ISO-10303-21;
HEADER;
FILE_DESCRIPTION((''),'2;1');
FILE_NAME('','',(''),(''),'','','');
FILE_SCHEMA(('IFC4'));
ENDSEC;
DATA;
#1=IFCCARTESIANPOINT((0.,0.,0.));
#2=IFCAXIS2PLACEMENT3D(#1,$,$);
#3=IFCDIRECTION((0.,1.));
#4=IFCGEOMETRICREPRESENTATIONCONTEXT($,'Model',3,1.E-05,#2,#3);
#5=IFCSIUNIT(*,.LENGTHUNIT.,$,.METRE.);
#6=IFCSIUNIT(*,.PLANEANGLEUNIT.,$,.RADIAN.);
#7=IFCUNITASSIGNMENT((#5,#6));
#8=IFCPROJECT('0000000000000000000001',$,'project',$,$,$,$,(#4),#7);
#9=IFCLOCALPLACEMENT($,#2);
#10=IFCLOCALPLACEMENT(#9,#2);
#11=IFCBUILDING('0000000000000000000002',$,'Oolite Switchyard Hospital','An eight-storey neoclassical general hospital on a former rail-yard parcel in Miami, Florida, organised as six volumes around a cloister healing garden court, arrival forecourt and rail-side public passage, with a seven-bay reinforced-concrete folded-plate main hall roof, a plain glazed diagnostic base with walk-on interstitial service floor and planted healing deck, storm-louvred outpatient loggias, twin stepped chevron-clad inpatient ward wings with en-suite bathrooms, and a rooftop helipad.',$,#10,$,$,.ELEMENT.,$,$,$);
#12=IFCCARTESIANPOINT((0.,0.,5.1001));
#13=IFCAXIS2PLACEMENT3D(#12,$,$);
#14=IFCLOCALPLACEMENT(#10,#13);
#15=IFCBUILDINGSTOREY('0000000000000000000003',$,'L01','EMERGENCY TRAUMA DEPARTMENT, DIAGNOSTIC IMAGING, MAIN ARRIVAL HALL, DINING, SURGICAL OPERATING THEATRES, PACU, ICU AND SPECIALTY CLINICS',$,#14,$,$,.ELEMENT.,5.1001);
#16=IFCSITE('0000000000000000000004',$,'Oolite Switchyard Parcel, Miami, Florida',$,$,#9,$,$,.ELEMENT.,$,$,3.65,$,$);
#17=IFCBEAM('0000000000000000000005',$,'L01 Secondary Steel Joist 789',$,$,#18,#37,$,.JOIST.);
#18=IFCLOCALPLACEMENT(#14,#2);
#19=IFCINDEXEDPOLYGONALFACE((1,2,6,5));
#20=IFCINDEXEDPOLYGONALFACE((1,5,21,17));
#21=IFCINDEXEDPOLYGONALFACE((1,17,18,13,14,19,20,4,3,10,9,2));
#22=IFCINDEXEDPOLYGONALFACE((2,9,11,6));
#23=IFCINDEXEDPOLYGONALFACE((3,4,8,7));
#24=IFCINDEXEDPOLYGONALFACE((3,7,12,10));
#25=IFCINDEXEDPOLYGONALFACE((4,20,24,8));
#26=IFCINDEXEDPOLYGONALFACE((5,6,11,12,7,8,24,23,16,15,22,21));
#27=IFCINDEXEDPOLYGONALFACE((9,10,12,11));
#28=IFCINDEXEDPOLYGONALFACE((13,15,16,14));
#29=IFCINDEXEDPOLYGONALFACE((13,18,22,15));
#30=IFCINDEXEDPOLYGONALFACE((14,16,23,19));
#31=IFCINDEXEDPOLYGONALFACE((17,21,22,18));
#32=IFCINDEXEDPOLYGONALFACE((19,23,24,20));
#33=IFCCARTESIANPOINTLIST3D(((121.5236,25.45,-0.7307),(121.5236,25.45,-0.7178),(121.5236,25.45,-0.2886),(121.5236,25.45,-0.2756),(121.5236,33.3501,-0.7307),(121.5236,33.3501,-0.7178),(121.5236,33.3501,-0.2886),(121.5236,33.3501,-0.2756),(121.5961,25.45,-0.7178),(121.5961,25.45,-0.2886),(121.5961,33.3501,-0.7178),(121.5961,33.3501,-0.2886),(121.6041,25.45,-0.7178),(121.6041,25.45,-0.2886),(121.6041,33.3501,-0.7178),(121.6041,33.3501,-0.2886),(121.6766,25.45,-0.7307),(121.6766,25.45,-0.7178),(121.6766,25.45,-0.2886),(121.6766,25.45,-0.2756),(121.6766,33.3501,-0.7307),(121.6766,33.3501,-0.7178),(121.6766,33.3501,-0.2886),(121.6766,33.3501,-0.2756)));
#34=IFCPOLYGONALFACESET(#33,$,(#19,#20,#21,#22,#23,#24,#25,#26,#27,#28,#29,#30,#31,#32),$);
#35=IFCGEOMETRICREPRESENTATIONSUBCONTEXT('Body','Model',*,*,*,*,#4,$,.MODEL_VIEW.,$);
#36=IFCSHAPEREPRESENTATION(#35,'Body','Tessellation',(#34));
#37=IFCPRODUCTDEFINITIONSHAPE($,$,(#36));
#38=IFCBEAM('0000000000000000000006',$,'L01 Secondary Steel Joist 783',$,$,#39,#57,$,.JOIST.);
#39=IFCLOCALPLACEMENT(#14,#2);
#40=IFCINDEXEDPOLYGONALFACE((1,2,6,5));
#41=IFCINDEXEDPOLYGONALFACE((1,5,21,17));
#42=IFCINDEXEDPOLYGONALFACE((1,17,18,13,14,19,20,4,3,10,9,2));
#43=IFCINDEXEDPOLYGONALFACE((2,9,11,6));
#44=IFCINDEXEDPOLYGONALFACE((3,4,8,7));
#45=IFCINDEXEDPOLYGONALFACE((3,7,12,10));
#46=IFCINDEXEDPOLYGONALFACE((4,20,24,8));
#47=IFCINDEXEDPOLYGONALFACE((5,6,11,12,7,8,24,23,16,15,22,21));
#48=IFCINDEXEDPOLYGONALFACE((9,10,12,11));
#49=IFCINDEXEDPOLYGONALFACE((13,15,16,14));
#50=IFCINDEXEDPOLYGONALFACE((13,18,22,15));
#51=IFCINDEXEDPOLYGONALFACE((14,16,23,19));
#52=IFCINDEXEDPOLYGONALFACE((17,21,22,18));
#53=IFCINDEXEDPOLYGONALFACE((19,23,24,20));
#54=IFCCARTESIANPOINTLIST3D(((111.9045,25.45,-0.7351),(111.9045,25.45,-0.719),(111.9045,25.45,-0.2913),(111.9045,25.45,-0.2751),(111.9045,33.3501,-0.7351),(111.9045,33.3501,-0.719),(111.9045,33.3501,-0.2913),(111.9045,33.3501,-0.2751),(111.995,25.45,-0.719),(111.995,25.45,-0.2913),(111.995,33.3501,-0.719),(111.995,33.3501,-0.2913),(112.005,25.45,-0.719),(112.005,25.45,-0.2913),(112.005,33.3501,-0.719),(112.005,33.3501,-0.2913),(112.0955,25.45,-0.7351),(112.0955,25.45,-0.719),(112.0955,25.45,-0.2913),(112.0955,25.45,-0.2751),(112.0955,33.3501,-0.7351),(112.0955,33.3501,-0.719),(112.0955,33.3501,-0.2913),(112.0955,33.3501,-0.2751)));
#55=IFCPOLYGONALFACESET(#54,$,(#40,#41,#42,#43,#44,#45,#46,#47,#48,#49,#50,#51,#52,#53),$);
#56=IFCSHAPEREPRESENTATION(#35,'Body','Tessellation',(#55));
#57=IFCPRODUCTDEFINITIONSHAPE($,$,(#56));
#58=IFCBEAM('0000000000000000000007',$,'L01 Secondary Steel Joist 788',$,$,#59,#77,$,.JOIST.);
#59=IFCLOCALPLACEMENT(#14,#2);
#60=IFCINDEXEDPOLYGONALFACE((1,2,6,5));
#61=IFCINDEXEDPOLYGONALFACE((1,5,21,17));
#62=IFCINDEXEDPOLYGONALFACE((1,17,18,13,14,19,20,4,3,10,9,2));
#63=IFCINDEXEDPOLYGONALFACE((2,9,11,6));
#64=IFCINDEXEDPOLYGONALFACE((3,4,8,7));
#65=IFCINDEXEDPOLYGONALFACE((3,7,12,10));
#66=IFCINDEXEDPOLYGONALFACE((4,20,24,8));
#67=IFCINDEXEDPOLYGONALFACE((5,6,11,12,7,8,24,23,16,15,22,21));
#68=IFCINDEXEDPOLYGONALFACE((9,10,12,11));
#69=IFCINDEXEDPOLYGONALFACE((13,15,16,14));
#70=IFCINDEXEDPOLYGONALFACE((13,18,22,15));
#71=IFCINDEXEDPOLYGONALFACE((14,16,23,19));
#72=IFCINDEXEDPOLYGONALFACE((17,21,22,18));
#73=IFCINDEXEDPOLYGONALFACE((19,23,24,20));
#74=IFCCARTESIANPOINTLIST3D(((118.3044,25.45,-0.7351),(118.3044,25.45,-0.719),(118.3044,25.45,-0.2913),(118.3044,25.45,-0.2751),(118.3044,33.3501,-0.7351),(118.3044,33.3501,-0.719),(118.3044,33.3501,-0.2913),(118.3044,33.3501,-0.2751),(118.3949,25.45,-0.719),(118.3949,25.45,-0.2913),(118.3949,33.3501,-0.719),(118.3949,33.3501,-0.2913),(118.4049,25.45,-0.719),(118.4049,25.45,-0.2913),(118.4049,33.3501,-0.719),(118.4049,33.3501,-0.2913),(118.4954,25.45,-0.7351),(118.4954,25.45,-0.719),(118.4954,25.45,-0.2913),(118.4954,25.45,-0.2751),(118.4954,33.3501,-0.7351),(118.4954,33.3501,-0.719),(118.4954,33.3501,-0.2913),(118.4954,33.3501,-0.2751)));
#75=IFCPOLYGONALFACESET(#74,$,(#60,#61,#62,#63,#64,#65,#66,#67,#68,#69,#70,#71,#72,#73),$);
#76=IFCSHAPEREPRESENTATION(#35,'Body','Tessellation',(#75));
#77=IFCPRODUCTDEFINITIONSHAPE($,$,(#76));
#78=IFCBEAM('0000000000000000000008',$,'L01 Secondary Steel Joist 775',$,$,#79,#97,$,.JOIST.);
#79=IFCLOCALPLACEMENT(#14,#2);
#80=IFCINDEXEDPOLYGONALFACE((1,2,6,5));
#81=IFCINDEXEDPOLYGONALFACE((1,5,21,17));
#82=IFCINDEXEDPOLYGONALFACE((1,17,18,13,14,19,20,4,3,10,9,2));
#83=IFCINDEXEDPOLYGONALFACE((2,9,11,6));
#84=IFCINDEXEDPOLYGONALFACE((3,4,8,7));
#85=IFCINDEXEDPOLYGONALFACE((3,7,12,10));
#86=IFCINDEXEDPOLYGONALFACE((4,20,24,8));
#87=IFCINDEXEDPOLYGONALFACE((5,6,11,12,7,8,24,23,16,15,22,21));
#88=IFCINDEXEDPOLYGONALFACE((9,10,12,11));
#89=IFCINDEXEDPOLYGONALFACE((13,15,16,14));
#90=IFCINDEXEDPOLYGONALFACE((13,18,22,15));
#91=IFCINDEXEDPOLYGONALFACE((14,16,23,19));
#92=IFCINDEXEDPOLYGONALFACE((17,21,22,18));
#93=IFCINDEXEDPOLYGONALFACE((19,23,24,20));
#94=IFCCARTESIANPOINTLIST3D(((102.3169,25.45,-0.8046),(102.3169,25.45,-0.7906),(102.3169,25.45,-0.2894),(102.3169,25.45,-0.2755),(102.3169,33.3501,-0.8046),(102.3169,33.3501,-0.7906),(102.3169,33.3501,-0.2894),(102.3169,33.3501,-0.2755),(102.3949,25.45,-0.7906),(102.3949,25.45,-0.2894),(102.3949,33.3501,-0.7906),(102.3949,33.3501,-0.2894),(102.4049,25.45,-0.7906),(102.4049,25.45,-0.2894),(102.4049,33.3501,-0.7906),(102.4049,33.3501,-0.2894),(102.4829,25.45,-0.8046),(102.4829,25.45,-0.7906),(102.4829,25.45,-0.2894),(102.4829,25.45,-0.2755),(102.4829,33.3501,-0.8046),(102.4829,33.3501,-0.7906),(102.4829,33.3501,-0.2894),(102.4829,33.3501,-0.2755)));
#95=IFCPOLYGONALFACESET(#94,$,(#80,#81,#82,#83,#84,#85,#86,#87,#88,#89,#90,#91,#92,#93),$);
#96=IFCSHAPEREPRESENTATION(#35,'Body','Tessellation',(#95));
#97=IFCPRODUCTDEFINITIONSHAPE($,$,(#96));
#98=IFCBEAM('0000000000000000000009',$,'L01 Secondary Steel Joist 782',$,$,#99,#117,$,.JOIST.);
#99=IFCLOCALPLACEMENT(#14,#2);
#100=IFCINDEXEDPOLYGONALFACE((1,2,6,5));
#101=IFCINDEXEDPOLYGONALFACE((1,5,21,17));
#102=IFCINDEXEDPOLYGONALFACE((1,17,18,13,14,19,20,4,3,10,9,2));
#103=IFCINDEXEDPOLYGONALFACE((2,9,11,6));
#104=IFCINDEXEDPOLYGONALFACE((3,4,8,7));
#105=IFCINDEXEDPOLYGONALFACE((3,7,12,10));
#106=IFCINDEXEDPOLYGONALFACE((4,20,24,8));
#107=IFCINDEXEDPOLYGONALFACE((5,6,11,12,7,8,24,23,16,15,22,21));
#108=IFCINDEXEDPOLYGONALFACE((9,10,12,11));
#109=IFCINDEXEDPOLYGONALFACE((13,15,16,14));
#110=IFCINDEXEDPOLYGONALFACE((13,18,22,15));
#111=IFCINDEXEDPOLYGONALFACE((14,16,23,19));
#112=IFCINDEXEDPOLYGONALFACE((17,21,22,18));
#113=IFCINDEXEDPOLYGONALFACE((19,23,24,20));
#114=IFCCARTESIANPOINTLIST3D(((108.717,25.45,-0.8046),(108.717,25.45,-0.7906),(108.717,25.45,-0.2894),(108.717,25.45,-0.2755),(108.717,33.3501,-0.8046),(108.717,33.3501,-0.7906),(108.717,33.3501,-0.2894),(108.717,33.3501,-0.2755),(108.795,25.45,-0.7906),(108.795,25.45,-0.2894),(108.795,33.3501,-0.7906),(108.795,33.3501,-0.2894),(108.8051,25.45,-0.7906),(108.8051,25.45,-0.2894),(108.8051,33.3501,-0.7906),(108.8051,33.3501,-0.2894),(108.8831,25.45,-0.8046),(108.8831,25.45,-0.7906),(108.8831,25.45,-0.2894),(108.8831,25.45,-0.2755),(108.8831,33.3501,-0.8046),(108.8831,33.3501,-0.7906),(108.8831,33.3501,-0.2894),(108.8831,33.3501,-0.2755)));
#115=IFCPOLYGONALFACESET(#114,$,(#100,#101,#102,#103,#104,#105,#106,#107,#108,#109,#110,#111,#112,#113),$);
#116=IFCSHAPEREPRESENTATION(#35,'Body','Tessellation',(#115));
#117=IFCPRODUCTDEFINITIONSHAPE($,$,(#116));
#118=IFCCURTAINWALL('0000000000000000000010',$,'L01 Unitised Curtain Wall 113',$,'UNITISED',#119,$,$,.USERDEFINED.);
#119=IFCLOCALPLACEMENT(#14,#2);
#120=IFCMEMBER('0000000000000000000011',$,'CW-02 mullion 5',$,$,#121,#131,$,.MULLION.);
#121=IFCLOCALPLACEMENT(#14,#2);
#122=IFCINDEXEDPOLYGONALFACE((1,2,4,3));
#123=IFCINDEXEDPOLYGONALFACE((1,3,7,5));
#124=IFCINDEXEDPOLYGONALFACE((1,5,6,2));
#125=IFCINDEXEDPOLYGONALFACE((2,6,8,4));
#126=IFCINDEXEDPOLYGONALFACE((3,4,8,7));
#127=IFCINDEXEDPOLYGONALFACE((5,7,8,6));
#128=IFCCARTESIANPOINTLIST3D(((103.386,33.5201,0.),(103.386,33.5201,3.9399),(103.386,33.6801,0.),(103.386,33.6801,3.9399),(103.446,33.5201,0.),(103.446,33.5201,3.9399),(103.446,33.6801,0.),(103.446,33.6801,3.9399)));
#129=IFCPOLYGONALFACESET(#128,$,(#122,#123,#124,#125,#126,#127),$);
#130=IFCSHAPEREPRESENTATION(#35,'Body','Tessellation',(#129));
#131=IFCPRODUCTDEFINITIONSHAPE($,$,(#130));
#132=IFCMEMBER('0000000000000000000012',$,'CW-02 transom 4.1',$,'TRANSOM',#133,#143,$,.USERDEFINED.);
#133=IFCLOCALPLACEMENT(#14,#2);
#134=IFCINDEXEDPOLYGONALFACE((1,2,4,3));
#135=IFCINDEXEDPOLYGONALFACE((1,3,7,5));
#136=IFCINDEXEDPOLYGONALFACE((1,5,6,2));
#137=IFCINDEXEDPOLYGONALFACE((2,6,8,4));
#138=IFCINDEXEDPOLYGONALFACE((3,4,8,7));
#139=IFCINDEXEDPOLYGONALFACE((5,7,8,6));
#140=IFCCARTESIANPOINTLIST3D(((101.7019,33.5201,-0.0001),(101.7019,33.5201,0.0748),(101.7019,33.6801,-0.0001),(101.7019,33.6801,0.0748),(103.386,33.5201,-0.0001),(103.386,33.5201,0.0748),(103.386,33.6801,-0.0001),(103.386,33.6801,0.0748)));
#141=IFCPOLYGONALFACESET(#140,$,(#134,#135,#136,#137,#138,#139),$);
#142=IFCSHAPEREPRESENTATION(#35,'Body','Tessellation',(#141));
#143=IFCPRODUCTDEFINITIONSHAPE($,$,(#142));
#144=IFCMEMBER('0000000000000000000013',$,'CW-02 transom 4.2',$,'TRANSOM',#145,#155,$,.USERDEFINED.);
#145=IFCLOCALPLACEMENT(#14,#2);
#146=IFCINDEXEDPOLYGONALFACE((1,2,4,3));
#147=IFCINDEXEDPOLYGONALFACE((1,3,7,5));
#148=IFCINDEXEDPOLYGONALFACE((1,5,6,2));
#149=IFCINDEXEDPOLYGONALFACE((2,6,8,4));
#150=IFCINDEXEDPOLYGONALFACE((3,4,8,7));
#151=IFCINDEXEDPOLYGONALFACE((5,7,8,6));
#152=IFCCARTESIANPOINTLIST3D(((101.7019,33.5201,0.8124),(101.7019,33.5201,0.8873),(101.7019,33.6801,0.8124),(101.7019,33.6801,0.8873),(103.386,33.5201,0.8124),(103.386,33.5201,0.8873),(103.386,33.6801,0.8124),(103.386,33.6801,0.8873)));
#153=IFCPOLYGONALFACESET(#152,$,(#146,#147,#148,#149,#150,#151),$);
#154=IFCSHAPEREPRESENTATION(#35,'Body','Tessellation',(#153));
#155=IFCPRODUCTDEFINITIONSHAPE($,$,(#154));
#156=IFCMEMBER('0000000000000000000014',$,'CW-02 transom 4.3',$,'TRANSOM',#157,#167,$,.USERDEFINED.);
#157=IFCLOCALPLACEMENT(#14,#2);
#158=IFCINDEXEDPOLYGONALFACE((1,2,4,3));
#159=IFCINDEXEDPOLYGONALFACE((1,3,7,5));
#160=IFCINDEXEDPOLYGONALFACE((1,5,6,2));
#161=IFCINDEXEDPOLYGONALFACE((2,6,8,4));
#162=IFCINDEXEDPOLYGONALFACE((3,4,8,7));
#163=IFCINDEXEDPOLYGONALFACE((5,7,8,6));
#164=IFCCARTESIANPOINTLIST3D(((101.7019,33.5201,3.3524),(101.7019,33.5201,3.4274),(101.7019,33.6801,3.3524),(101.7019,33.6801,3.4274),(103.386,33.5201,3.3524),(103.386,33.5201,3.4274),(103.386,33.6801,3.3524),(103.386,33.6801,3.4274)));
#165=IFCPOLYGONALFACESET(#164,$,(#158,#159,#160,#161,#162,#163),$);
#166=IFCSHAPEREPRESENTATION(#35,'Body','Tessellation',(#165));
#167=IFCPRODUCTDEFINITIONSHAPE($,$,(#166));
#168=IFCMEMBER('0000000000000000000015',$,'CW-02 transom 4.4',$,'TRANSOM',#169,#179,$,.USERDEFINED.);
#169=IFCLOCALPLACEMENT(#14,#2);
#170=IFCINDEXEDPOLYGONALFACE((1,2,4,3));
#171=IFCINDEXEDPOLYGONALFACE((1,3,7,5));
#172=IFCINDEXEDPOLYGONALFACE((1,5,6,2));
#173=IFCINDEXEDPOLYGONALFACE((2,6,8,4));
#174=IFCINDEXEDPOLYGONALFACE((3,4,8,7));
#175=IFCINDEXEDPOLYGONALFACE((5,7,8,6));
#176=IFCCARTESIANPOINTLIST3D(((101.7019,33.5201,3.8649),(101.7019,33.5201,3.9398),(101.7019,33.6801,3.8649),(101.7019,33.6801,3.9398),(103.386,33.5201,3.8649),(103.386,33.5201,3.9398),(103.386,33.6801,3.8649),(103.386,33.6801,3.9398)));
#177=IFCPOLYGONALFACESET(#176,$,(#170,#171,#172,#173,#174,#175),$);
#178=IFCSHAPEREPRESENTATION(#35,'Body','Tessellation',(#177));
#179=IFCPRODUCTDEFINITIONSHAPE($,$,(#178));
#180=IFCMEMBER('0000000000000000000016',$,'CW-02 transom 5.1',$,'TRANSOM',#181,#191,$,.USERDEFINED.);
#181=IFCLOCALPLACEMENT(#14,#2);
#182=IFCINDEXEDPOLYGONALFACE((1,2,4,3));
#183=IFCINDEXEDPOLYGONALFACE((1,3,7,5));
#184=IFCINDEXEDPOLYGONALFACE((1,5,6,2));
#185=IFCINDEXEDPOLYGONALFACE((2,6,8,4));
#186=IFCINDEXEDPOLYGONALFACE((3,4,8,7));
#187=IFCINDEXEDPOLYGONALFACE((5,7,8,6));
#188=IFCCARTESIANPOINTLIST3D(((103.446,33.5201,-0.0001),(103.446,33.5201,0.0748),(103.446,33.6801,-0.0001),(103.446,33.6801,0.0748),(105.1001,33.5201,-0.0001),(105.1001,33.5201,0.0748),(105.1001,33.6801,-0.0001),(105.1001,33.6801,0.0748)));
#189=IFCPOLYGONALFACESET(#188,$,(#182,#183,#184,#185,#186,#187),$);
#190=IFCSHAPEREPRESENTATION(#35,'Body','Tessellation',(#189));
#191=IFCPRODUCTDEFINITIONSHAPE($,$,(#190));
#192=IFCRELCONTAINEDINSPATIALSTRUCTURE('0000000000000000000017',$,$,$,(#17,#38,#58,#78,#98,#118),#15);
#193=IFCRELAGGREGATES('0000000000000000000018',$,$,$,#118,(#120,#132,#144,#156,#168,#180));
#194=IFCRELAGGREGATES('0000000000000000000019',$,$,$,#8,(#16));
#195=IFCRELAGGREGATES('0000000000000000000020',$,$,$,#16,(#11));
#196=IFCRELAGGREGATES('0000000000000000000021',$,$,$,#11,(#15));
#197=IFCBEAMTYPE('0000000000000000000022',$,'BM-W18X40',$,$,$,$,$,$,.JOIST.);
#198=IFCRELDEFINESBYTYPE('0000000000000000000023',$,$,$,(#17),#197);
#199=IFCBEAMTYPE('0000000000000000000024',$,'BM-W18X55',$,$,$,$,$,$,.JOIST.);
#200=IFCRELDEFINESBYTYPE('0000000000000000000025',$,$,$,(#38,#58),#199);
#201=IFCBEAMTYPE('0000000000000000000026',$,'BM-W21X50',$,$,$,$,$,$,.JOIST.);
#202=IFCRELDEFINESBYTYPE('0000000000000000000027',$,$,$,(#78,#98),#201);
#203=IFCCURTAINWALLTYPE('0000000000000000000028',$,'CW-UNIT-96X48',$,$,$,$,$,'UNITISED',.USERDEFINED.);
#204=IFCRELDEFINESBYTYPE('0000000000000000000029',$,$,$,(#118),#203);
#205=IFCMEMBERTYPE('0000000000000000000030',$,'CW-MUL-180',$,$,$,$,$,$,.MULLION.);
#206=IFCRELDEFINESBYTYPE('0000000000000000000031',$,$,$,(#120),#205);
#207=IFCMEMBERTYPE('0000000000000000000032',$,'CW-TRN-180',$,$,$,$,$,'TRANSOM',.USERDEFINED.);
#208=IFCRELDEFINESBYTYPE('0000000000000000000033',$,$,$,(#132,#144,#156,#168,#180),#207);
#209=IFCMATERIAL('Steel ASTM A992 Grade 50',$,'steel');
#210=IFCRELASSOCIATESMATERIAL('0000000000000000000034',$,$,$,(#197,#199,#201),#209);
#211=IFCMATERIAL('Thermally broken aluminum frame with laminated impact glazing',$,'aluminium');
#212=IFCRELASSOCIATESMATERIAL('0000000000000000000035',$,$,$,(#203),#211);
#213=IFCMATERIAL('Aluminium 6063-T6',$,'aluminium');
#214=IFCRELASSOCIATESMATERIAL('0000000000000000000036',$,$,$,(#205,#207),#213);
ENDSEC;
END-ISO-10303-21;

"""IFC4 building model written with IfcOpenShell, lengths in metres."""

from ifc_helpers import new_model, si_unit, direction, frame, origin, origin_2d, place, context, subcontext, project, spatial, rectangle, i_section, extrude, material, material_profile, profile_set, type_object, element, aggregate, save


model = new_model("IFC4")

# Units and contexts
model_context = context("Model", 3, precision=1e-05, world=origin(), true_north=direction((0.0, 1.0)))
body_context = subcontext(model_context, "Body", "Model", "MODEL_VIEW")
ifc_project = project(units=[si_unit("LENGTHUNIT", "METRE"), si_unit("PLANEANGLEUNIT", "RADIAN")], contexts=[model_context])

# Site, building, storey
site_placement = place(None, origin())
site = spatial("IfcSite", under=ifc_project, at=site_placement, Name="Oolite Switchyard Parcel, Miami, Florida", CompositionType="ELEMENT", RefElevation=3.65)
building_placement = place(site_placement, origin())
building = spatial("IfcBuilding", under=site, at=building_placement, Name="Oolite Switchyard Hospital", Description="An eight-storey neoclassical general hospital on a former rail-yard parcel in Miami, Florida, organised as six volumes around a cloister healing garden court, arrival forecourt and rail-side public passage, with a seven-bay reinforced-concrete folded-plate main hall roof, a plain glazed diagnostic base with walk-on interstitial service floor and planted healing deck, storm-louvred outpatient loggias, twin stepped chevron-clad inpatient ward wings with en-suite bathrooms, and a rooftop helipad.", CompositionType="ELEMENT")
storey_placement = place(building_placement, frame((0.0, 0.0, 5.1001)))
storey = spatial("IfcBuildingStorey", under=building, at=storey_placement, Name="L01", Description="EMERGENCY TRAUMA DEPARTMENT, DIAGNOSTIC IMAGING, MAIN ARRIVAL HALL, DINING, SURGICAL OPERATING THEATRES, PACU, ICU AND SPECIALTY CLINICS", CompositionType="ELEMENT", Elevation=5.1001)

# Beams
ifc_material_1 = material(Name="Steel ASTM A992 Grade 50", Category="steel")
ifc_material_profile_1 = material_profile(ifc_material_1, i_section(OverallWidth=0.1531, OverallDepth=0.4551, WebThickness=0.0081, FlangeThickness=0.0129, at=origin_2d()), Name="W18X40")
ifc_profile_set_1 = profile_set([ifc_material_profile_1], Name="Steel ASTM A992 Grade 50")
beam_type_1 = type_object("IfcBeamType", Name="BM-W18X40", PredefinedType="JOIST", material=ifc_profile_set_1)
beam_1_placement = place(storey_placement, frame((121.6001, 25.45, -0.5032), z_axis=(0.0, 1.0, 0.0), x_axis=(-1.0, 0.0, 0.0)))
element("IfcBeam", 1, at=beam_1_placement, inside=storey, type_object=beam_type_1, Name="L01 Secondary Steel Joist 789", PredefinedType="JOIST", context=body_context, shape_type="SweptSolid", body=[
    extrude(i_section(OverallWidth=0.1531, OverallDepth=0.4551, WebThickness=0.0081, FlangeThickness=0.0129, at=origin_2d()), origin(), (0.0, 0.0, 1.0), 7.9001),
])
ifc_material_profile_2 = material_profile(ifc_material_1, i_section(OverallWidth=0.1909, OverallDepth=0.46, WebThickness=0.01, FlangeThickness=0.0161, at=origin_2d()), Name="W18X55")
ifc_profile_set_2 = profile_set([ifc_material_profile_2], Name="Steel ASTM A992 Grade 50")
beam_type_2 = type_object("IfcBeamType", Name="BM-W18X55", PredefinedType="JOIST", material=ifc_profile_set_2)
for number, where, z_axis, x_axis, name in (
    (2, (112.0, 25.45, -0.5051), (0.0, 1.0, 0.0), (-1.0, 0.0, 0.0), "L01 Secondary Steel Joist 783"),
    (3, (118.3999, 25.45, -0.5051), (0.0, 1.0, 0.0), (-1.0, 0.0, 0.0), "L01 Secondary Steel Joist 788"),
):
    element("IfcBeam", number, at=place(storey_placement, frame(where, z_axis=z_axis, x_axis=x_axis)), inside=storey, type_object=beam_type_2, Name=name, PredefinedType="JOIST", context=body_context, shape_type="SweptSolid", body=[
        extrude(i_section(OverallWidth=0.1909, OverallDepth=0.46, WebThickness=0.01, FlangeThickness=0.0161, at=origin_2d()), origin(), (0.0, 0.0, 1.0), 7.9001),
    ])
ifc_material_profile_3 = material_profile(ifc_material_1, i_section(OverallWidth=0.166, OverallDepth=0.5291, WebThickness=0.01, FlangeThickness=0.0139, at=origin_2d()), Name="W21X50")
ifc_profile_set_3 = profile_set([ifc_material_profile_3], Name="Steel ASTM A992 Grade 50")
beam_type_3 = type_object("IfcBeamType", Name="BM-W21X50", PredefinedType="JOIST", material=ifc_profile_set_3)
for number, where, z_axis, x_axis, name in (
    (4, (102.3999, 25.45, -0.54), (0.0, 1.0, 0.0), (-1.0, 0.0, 0.0), "L01 Secondary Steel Joist 775"),
    (5, (108.8, 25.45, -0.54), (0.0, 1.0, 0.0), (-1.0, 0.0, 0.0), "L01 Secondary Steel Joist 782"),
):
    element("IfcBeam", number, at=place(storey_placement, frame(where, z_axis=z_axis, x_axis=x_axis)), inside=storey, type_object=beam_type_3, Name=name, PredefinedType="JOIST", context=body_context, shape_type="SweptSolid", body=[
        extrude(i_section(OverallWidth=0.166, OverallDepth=0.5291, WebThickness=0.01, FlangeThickness=0.0139, at=origin_2d()), origin(), (0.0, 0.0, 1.0), 7.9001),
    ])

# Curtain wall, members
ifc_material_2 = material(Name="Thermally broken aluminum frame with laminated impact glazing", Category="aluminium")
curtain_wall_type = type_object("IfcCurtainWallType", Name="CW-UNIT-96X48", ElementType="UNITISED", PredefinedType="USERDEFINED", material=ifc_material_2)
curtain_wall_placement = place(storey_placement, origin())
curtain_wall = element("IfcCurtainWall", 6, at=curtain_wall_placement, inside=storey, type_object=curtain_wall_type, Name="L01 Unitised Curtain Wall 113", ObjectType="UNITISED", PredefinedType="USERDEFINED")
ifc_material_3 = material(Name="Aluminium 6063-T6", Category="aluminium")
ifc_material_profile_4 = material_profile(ifc_material_3, rectangle(XDim=0.1599, YDim=0.0601, at=origin_2d()), Name="CWM60X160")
ifc_profile_set_4 = profile_set([ifc_material_profile_4], Name="Aluminium 6063-T6")
member_type_1 = type_object("IfcMemberType", Name="CW-MUL-180", PredefinedType="MULLION", material=ifc_profile_set_4)
member_1_placement = place(storey_placement, frame((103.416, 33.6001, 0.0), z_axis=(0.0, 0.0, 1.0), x_axis=(0.0, 1.0, 0.0)))
member_1 = element("IfcMember", 7, at=member_1_placement, type_object=member_type_1, Name="CW-02 mullion 5", PredefinedType="MULLION", context=body_context, shape_type="SweptSolid", body=[
    extrude(rectangle(XDim=0.1599, YDim=0.0601, at=origin_2d()), origin(), (0.0, 0.0, 1.0), 3.9399),
])
ifc_material_profile_5 = material_profile(ifc_material_3, rectangle(XDim=0.1599, YDim=0.075, at=origin_2d()), Name="CWT75X160")
ifc_profile_set_5 = profile_set([ifc_material_profile_5], Name="Aluminium 6063-T6")
member_type_2 = type_object("IfcMemberType", Name="CW-TRN-180", ElementType="TRANSOM", PredefinedType="USERDEFINED", material=ifc_profile_set_5)
member_2_placement = place(storey_placement, frame((101.7019, 33.6001, 0.0374), z_axis=(1.0, 0.0, 0.0), x_axis=(0.0, 1.0, 0.0)))
member_2 = element("IfcMember", 8, at=member_2_placement, type_object=member_type_2, Name="CW-02 transom 4.1", ObjectType="TRANSOM", PredefinedType="USERDEFINED", context=body_context, shape_type="SweptSolid", body=[
    extrude(rectangle(XDim=0.1599, YDim=0.075, at=origin_2d()), origin(), (0.0, 0.0, 1.0), 1.6841),
])
member_3_placement = place(storey_placement, frame((101.7019, 33.6001, 0.8499), z_axis=(1.0, 0.0, 0.0), x_axis=(0.0, 1.0, 0.0)))
member_3 = element("IfcMember", 9, at=member_3_placement, type_object=member_type_2, Name="CW-02 transom 4.2", ObjectType="TRANSOM", PredefinedType="USERDEFINED", context=body_context, shape_type="SweptSolid", body=[
    extrude(rectangle(XDim=0.1599, YDim=0.075, at=origin_2d()), origin(), (0.0, 0.0, 1.0), 1.6841),
])
member_4_placement = place(storey_placement, frame((101.7019, 33.6001, 3.3899), z_axis=(1.0, 0.0, 0.0), x_axis=(0.0, 1.0, 0.0)))
member_4 = element("IfcMember", 10, at=member_4_placement, type_object=member_type_2, Name="CW-02 transom 4.3", ObjectType="TRANSOM", PredefinedType="USERDEFINED", context=body_context, shape_type="SweptSolid", body=[
    extrude(rectangle(XDim=0.1599, YDim=0.075, at=origin_2d()), origin(), (0.0, 0.0, 1.0), 1.6841),
])
member_5_placement = place(storey_placement, frame((101.7019, 33.6001, 3.9023), z_axis=(1.0, 0.0, 0.0), x_axis=(0.0, 1.0, 0.0)))
member_5 = element("IfcMember", 11, at=member_5_placement, type_object=member_type_2, Name="CW-02 transom 4.4", ObjectType="TRANSOM", PredefinedType="USERDEFINED", context=body_context, shape_type="SweptSolid", body=[
    extrude(rectangle(XDim=0.1599, YDim=0.075, at=origin_2d()), origin(), (0.0, 0.0, 1.0), 1.6841),
])
member_6_placement = place(storey_placement, frame((103.446, 33.6001, 0.0374), z_axis=(1.0, 0.0, 0.0), x_axis=(0.0, 1.0, 0.0)))
member_6 = element("IfcMember", 12, at=member_6_placement, type_object=member_type_2, Name="CW-02 transom 5.1", ObjectType="TRANSOM", PredefinedType="USERDEFINED", context=body_context, shape_type="SweptSolid", body=[
    extrude(rectangle(XDim=0.1599, YDim=0.075, at=origin_2d()), origin(), (0.0, 0.0, 1.0), 1.6541),
])
aggregate(curtain_wall, [member_1, member_2, member_3, member_4, member_5, member_6])

save(model, "model.ifc")
